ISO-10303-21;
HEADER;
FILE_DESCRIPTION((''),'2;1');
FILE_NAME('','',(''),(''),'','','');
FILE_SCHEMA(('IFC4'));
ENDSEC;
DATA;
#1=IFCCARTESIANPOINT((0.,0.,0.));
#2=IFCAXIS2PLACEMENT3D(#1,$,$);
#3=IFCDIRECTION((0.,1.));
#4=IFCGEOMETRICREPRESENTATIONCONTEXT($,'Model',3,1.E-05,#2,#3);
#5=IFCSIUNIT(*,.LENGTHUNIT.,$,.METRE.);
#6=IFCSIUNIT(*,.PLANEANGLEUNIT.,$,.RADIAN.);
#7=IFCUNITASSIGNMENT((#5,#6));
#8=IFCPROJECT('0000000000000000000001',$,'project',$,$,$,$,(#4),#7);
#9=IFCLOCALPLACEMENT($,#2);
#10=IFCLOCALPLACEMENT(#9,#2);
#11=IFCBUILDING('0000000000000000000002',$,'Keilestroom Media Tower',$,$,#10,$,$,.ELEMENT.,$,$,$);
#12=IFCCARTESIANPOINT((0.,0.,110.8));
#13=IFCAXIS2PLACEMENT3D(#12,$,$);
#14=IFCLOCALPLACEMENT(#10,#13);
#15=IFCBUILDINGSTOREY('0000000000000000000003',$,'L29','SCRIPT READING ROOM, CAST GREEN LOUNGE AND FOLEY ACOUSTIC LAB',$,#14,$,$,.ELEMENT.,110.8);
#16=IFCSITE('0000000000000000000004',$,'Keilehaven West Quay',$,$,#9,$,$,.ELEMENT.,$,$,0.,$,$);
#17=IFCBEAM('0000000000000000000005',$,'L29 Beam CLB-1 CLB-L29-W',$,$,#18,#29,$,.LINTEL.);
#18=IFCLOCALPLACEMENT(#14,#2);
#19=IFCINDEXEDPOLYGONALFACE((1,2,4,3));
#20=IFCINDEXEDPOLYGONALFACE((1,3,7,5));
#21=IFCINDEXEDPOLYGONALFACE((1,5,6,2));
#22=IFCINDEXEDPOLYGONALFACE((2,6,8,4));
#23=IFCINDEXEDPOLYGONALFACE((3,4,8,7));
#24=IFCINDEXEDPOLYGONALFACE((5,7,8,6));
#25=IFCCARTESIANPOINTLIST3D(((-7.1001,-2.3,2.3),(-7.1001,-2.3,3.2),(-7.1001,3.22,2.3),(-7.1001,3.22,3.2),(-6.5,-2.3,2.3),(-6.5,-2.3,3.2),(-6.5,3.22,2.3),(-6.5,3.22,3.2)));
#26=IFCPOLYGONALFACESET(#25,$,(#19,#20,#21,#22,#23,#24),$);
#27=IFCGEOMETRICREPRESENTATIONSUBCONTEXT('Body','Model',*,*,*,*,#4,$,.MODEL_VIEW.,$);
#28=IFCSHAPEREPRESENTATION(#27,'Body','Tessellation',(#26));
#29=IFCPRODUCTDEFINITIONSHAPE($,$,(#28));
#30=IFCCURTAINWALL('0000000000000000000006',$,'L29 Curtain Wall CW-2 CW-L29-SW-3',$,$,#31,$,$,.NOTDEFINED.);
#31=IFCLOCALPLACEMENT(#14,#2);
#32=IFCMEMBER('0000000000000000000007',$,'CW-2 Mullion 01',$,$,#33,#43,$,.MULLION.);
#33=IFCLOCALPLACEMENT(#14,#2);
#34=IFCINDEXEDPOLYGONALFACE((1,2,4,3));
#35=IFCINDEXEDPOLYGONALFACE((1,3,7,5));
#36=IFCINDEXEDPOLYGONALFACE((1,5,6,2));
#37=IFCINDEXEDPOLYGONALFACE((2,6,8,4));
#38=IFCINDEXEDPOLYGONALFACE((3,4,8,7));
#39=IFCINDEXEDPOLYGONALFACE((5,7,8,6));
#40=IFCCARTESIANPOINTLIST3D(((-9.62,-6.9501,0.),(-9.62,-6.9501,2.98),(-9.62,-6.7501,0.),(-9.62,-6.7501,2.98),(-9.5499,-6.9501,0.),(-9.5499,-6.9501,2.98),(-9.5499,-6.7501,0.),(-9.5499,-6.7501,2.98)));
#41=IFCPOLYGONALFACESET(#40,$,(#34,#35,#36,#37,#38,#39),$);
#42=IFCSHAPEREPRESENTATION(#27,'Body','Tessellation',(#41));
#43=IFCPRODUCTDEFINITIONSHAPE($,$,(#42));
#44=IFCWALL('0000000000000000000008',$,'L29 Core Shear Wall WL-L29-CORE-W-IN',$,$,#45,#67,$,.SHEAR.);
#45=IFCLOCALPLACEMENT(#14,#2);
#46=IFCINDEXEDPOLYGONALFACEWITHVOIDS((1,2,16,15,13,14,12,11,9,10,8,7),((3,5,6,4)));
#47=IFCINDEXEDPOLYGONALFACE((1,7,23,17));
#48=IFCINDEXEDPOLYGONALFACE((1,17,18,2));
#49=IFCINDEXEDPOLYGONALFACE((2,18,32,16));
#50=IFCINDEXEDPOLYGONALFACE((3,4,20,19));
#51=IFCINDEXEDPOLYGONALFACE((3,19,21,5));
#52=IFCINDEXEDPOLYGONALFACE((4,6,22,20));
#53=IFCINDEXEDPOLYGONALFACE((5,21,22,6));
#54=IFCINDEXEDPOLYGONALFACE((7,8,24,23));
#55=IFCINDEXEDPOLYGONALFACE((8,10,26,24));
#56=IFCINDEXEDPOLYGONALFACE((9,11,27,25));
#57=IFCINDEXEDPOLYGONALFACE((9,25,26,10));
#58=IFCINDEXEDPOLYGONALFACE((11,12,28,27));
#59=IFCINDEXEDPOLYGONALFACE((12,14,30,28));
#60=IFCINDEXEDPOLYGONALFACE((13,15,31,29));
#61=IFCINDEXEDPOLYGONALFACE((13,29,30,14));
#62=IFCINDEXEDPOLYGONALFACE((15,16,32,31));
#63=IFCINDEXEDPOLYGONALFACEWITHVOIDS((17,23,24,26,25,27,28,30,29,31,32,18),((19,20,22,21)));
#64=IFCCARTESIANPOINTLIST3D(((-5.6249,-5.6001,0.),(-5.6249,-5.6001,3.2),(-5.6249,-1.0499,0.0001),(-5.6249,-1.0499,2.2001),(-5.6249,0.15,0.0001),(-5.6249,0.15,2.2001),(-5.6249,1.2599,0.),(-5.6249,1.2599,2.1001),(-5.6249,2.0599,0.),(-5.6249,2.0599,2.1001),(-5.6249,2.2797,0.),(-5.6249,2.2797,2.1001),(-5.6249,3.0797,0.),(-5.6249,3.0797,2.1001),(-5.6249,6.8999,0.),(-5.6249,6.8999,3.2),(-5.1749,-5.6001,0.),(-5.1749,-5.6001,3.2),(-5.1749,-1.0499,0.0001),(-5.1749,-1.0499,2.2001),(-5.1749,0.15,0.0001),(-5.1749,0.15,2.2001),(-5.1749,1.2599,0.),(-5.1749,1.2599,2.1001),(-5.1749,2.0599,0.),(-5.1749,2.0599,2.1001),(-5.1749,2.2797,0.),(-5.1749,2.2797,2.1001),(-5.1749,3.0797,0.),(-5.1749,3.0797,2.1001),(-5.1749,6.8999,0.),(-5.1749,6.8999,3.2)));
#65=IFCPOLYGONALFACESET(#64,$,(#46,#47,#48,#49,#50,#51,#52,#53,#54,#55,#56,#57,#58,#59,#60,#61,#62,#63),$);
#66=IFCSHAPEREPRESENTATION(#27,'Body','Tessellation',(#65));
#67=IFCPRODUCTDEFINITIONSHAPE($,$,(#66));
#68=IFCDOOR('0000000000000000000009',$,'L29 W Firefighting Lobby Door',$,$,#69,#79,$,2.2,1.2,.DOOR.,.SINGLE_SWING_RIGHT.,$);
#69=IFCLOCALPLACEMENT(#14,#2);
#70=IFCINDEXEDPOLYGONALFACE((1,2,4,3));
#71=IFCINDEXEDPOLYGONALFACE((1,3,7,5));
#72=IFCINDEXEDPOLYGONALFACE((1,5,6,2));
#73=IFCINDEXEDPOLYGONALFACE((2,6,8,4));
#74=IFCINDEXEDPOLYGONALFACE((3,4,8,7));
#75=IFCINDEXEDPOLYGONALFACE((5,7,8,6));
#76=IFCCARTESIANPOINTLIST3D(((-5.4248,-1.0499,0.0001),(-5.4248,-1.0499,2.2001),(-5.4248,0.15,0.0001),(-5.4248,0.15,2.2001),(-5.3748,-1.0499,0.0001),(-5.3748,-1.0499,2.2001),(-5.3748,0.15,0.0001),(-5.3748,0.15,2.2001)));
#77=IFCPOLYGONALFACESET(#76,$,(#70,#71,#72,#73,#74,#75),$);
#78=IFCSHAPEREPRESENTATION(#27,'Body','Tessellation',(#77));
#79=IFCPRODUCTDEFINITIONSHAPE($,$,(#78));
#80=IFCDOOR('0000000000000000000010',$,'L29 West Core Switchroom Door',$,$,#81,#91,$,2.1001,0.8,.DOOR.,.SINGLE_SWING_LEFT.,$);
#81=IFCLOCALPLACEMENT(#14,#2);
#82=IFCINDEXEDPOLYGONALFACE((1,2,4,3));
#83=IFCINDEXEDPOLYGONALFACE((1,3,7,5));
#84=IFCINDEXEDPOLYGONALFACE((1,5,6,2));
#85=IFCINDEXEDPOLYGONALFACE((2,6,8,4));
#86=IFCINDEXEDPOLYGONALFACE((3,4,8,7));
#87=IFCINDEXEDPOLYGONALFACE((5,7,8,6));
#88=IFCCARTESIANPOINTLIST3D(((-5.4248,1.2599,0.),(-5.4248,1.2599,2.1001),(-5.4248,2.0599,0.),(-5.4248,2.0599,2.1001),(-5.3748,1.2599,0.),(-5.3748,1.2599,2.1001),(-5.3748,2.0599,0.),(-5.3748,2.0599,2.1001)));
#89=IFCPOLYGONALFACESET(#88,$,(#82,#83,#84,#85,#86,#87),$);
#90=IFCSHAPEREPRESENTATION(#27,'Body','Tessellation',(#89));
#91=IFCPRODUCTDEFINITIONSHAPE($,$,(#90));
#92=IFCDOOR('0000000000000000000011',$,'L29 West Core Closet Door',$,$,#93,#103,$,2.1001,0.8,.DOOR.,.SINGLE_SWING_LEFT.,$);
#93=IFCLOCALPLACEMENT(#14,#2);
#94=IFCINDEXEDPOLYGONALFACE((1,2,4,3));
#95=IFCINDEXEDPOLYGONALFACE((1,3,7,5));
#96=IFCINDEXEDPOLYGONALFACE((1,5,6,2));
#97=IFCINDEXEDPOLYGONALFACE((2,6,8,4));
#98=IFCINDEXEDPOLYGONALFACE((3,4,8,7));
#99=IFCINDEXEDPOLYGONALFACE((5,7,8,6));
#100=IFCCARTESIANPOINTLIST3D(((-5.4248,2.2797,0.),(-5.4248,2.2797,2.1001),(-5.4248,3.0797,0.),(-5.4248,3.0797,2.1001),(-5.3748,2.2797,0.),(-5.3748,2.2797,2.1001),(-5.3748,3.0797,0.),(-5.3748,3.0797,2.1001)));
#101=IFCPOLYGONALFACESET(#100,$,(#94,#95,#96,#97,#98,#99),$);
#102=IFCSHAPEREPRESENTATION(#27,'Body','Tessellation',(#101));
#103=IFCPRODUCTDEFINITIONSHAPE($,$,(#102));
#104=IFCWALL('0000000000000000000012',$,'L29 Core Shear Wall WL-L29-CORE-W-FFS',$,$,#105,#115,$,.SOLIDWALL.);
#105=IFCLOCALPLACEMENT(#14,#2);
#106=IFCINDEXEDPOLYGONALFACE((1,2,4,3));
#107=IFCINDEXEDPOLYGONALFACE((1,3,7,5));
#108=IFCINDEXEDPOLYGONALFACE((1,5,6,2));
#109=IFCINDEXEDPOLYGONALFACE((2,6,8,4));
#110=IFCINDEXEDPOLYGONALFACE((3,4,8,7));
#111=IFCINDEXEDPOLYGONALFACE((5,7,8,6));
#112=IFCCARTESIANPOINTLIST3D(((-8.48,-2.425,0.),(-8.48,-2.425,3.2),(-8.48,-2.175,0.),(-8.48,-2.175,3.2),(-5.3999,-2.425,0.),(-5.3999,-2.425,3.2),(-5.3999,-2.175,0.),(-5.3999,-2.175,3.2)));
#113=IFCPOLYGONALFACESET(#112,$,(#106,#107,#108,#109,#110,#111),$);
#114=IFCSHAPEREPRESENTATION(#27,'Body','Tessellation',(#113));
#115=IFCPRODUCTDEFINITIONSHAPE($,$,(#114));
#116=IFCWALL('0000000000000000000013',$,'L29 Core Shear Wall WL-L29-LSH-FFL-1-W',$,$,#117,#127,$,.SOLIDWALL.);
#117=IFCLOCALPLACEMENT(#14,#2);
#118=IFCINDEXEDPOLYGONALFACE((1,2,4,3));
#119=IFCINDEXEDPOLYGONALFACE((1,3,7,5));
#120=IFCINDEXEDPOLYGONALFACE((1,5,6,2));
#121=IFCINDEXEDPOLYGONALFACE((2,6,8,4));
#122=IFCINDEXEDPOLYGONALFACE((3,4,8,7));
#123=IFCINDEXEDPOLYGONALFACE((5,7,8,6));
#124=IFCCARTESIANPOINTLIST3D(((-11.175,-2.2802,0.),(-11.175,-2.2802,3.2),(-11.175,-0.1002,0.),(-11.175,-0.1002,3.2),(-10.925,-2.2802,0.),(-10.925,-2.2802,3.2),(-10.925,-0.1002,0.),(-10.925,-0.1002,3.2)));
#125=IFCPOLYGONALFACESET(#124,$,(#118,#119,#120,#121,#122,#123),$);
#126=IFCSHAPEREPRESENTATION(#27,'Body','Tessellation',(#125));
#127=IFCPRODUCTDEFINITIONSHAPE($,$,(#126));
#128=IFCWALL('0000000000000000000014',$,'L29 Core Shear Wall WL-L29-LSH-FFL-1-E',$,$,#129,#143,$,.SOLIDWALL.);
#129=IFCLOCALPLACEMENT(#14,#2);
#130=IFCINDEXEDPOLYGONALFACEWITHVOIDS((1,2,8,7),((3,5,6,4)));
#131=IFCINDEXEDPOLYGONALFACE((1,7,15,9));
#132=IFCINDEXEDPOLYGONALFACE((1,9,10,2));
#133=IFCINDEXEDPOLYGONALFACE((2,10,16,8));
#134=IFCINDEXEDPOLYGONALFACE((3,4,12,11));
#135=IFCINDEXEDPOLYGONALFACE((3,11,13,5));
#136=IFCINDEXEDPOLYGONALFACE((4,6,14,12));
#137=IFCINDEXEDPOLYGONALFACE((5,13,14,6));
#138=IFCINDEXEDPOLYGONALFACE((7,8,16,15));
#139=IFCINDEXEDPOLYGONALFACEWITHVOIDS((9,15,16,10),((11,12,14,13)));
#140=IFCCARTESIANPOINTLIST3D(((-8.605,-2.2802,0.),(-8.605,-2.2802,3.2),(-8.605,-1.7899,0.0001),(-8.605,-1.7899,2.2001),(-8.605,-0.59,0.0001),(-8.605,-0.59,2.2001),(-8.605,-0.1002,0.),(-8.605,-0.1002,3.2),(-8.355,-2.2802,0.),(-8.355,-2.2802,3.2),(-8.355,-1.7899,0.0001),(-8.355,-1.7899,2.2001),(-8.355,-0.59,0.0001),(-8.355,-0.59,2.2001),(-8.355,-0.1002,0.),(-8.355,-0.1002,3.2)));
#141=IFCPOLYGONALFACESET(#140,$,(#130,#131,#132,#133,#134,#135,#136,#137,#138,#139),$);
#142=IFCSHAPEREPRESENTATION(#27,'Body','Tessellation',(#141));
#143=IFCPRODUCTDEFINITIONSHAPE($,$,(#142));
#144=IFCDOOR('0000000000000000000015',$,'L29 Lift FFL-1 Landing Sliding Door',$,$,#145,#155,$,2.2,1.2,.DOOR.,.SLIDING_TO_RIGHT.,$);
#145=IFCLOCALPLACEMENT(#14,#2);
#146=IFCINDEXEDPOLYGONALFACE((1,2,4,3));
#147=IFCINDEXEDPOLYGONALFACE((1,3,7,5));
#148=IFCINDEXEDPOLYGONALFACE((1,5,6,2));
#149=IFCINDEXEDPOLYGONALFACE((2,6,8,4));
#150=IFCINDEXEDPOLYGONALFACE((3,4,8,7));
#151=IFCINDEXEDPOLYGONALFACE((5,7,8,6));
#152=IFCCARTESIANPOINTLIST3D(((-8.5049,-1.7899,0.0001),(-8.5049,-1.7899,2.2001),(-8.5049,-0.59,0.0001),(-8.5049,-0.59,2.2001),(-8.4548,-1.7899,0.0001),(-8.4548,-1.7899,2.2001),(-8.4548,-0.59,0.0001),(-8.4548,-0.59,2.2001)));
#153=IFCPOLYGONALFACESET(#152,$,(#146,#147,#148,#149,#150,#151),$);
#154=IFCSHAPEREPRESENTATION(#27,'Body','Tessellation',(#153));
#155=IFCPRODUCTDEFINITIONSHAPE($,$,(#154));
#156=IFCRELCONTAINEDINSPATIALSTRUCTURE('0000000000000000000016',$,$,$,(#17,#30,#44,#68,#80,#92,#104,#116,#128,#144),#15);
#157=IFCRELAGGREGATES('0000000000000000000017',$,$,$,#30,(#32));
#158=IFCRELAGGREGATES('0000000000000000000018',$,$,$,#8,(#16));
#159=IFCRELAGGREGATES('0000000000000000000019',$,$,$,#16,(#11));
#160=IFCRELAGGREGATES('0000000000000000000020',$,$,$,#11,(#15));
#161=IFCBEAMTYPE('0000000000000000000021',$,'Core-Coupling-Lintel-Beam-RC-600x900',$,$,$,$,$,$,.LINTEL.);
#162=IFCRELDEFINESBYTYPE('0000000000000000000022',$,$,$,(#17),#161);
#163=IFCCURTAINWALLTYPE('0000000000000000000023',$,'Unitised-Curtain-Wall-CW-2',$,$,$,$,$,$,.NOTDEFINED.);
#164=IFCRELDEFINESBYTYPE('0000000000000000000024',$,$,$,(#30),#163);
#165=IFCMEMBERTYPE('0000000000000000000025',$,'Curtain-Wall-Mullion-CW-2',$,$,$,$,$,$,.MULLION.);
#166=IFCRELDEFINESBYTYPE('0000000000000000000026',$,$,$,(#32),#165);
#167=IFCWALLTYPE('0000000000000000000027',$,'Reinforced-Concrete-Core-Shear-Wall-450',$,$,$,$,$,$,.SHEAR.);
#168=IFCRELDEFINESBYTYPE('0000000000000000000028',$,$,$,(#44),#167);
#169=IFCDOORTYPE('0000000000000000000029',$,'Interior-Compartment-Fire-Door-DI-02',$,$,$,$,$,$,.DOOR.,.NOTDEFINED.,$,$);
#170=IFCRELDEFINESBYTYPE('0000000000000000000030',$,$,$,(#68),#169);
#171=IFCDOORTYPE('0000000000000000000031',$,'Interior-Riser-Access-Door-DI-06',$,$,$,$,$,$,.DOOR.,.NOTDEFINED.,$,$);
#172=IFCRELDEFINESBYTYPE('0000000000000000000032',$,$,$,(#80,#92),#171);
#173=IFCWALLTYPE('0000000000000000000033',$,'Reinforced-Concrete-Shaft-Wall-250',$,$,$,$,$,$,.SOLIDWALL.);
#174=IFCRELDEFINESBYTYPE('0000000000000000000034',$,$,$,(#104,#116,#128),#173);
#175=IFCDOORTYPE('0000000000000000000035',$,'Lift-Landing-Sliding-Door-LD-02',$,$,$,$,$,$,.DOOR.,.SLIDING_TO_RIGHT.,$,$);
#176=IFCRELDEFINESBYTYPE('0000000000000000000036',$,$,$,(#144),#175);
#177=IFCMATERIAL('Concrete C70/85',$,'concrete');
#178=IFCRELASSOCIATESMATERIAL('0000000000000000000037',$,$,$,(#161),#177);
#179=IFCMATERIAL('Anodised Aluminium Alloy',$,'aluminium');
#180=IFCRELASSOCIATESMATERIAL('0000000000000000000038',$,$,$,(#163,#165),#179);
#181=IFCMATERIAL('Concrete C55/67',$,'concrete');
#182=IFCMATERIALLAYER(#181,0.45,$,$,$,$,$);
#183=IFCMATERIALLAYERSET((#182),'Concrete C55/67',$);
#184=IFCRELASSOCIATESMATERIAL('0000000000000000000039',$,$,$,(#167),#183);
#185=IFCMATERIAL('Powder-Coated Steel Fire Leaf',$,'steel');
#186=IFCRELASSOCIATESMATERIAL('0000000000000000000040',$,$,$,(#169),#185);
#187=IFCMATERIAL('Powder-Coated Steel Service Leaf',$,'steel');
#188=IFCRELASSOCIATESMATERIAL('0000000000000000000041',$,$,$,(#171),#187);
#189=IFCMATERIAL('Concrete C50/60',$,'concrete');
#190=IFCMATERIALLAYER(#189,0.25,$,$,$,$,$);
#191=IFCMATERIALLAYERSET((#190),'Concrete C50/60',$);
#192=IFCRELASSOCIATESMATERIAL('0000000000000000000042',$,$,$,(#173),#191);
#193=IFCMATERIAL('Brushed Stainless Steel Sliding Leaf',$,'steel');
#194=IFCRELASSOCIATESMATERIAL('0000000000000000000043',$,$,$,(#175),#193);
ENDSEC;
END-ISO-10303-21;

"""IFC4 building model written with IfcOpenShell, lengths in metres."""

from ifc_helpers import new_model, si_unit, direction, frame, frame_2d, origin, origin_2d, place, context, subcontext, project, spatial, rectangle, extrude, source, transform, mapped, material, layer, layer_set, material_profile, profile_set, type_object, element, fill, aggregate, save


model = new_model("IFC4")

# Units and contexts
model_context = context("Model", 3, precision=1e-05, world=origin(), true_north=direction((0.0, 1.0)))
body_context = subcontext(model_context, "Body", "Model", "MODEL_VIEW")
ifc_project = project(units=[si_unit("LENGTHUNIT", "METRE"), si_unit("PLANEANGLEUNIT", "RADIAN")], contexts=[model_context])

# Site, building, storey
site_placement = place(None, origin())
site = spatial("IfcSite", under=ifc_project, at=site_placement, Name="Keilehaven West Quay", CompositionType="ELEMENT", RefElevation=0.0)
building_placement = place(site_placement, origin())
building = spatial("IfcBuilding", under=site, at=building_placement, Name="Keilestroom Media Tower", CompositionType="ELEMENT")
storey_placement = place(building_placement, frame((0.0, 0.0, 110.8)))
storey = spatial("IfcBuildingStorey", under=building, at=storey_placement, Name="L29", Description="SCRIPT READING ROOM, CAST GREEN LOUNGE AND FOLEY ACOUSTIC LAB", CompositionType="ELEMENT", Elevation=110.8)

# Beam
ifc_material_1 = material(Name="Concrete C70/85", Category="concrete")
ifc_material_profile_1 = material_profile(ifc_material_1, rectangle(XDim=0.6001, YDim=0.8999, at=origin_2d()), Name="RC 600x900")
ifc_profile_set_1 = profile_set([ifc_material_profile_1], Name="Concrete C70/85")
beam_type = type_object("IfcBeamType", Name="Core-Coupling-Lintel-Beam-RC-600x900", PredefinedType="LINTEL", material=ifc_profile_set_1)
shared_shape_1 = source(origin(), body_context, "Body", "SweptSolid", [
    extrude(rectangle(XDim=0.6001, YDim=0.8999, at=origin_2d()), origin(), (0.0, 0.0, 1.0), 5.52),
])
beam_placement = place(storey_placement, frame((-6.8, -2.3, 2.75), z_axis=(0.0, 1.0, 0.0), x_axis=(-1.0, 0.0, 0.0)))
element("IfcBeam", 1, at=beam_placement, inside=storey, type_object=beam_type, Name="L29 Beam CLB-1 CLB-L29-W", PredefinedType="LINTEL", context=body_context, shape_type="MappedRepresentation", body=[
    mapped(shared_shape_1, transform((0.0, 0.0, 0.0), x_axis=(1.0, 0.0, 0.0), y_axis=(0.0, 1.0, 0.0), z_axis=(0.0, 0.0, 1.0), scale=1.0)),
])

# Curtain wall, member
ifc_material_2 = material(Name="Anodised Aluminium Alloy", Category="aluminium")
curtain_wall_type = type_object("IfcCurtainWallType", Name="Unitised-Curtain-Wall-CW-2", PredefinedType="NOTDEFINED", material=ifc_material_2)
curtain_wall_placement = place(storey_placement, origin())
curtain_wall = element("IfcCurtainWall", 2, at=curtain_wall_placement, inside=storey, type_object=curtain_wall_type, Name="L29 Curtain Wall CW-2 CW-L29-SW-3", PredefinedType="NOTDEFINED")
ifc_material_profile_2 = material_profile(ifc_material_2, rectangle(XDim=0.0701, YDim=0.2, at=origin_2d()), Name="ALU MULLION 70x200")
ifc_profile_set_2 = profile_set([ifc_material_profile_2], Name="Anodised Aluminium Alloy")
member_type = type_object("IfcMemberType", Name="Curtain-Wall-Mullion-CW-2", PredefinedType="MULLION", material=ifc_profile_set_2)
shared_shape_2 = source(origin(), body_context, "Body", "SweptSolid", [
    extrude(rectangle(XDim=0.0701, YDim=0.2, at=origin_2d()), origin(), (0.0, 0.0, 1.0), 2.98),
])
member_placement = place(storey_placement, frame((-9.585, -6.8501, 0.0), z_axis=(0.0, 0.0, 1.0), x_axis=(1.0, 0.0, 0.0)))
member = element("IfcMember", 3, at=member_placement, type_object=member_type, Name="CW-2 Mullion 01", PredefinedType="MULLION", context=body_context, shape_type="MappedRepresentation", body=[
    mapped(shared_shape_2, transform((0.0, 0.0, 0.0), x_axis=(1.0, 0.0, 0.0), y_axis=(0.0, 1.0, 0.0), z_axis=(0.0, 0.0, 1.0), scale=1.0)),
])
aggregate(curtain_wall, [member])

# Wall, openings, doors
ifc_material_3 = material(Name="Concrete C55/67", Category="concrete")
ifc_layer_1 = layer(ifc_material_3, 0.45)
ifc_layer_set_1 = layer_set([ifc_layer_1], Name="Concrete C55/67")
wall_type_1 = type_object("IfcWallType", Name="Reinforced-Concrete-Core-Shear-Wall-450", PredefinedType="SHEAR", material=ifc_layer_set_1)
wall_1_placement = place(storey_placement, frame((-5.3999, -5.6001, 0.0), z_axis=(0.0, 0.0, 1.0), x_axis=(0.0, 1.0, 0.0)))
wall_1 = element("IfcWall", 4, at=wall_1_placement, inside=storey, type_object=wall_type_1, Name="L29 Core Shear Wall WL-L29-CORE-W-IN", PredefinedType="SHEAR", context=body_context, shape_type="SweptSolid", body=[
    extrude(rectangle(XDim=12.5, YDim=0.45, at=frame_2d((6.25, 0.0))), origin(), (0.0, 0.0, 1.0), 3.2),
])
opening_1_placement = place(wall_1_placement, frame((4.55, 0.0, 0.0)))
opening_1 = element("IfcOpeningElement", 5, at=opening_1_placement, cuts=wall_1, PredefinedType="OPENING", context=body_context, shape_type="SweptSolid", body=[
    extrude(rectangle(XDim=1.2, YDim=2.2, at=frame_2d((0.6001, 1.1001))), frame((0.0, 0.2349, 0.0), z_axis=(0.0, -1.0, 0.0), x_axis=(1.0, 0.0, 0.0)), (0.0, 0.0, 1.0), 0.47),
])
opening_2_placement = place(wall_1_placement, frame((6.8601, 0.0, 0.0)))
opening_2 = element("IfcOpeningElement", 6, at=opening_2_placement, cuts=wall_1, PredefinedType="OPENING", context=body_context, shape_type="SweptSolid", body=[
    extrude(rectangle(XDim=0.8, YDim=2.1001, at=frame_2d((0.3999, 1.05))), frame((0.0, 0.2349, 0.0), z_axis=(0.0, -1.0, 0.0), x_axis=(1.0, 0.0, 0.0)), (0.0, 0.0, 1.0), 0.47),
])
opening_3_placement = place(wall_1_placement, frame((7.8799, 0.0, 0.0)))
opening_3 = element("IfcOpeningElement", 7, at=opening_3_placement, cuts=wall_1, PredefinedType="OPENING", context=body_context, shape_type="SweptSolid", body=[
    extrude(rectangle(XDim=0.8, YDim=2.1001, at=frame_2d((0.3999, 1.05))), frame((0.0, 0.2349, 0.0), z_axis=(0.0, -1.0, 0.0), x_axis=(1.0, 0.0, 0.0)), (0.0, 0.0, 1.0), 0.47),
])
ifc_material_4 = material(Name="Powder-Coated Steel Fire Leaf", Category="steel")
door_type_1 = type_object("IfcDoorType", Name="Interior-Compartment-Fire-Door-DI-02", OperationType="NOTDEFINED", PredefinedType="DOOR", material=ifc_material_4)
shared_shape_3 = source(origin(), body_context, "Body", "SweptSolid", [
    extrude(rectangle(XDim=1.2, YDim=2.2, at=frame_2d((0.6001, 1.1001))), frame((0.0, 0.0249, 0.0), z_axis=(0.0, -1.0, 0.0), x_axis=(1.0, 0.0, 0.0)), (0.0, 0.0, 1.0), 0.05),
])
door_1_placement = place(opening_1_placement, origin())
door_1 = element("IfcDoor", 8, at=door_1_placement, inside=storey, type_object=door_type_1, Name="L29 W Firefighting Lobby Door", OperationType="SINGLE_SWING_RIGHT", OverallHeight=2.2, OverallWidth=1.2, PredefinedType="DOOR", context=body_context, shape_type="MappedRepresentation", body=[
    mapped(shared_shape_3, transform((0.0, 0.0, 0.0), x_axis=(1.0, 0.0, 0.0), y_axis=(0.0, 1.0, 0.0), z_axis=(0.0, 0.0, 1.0), scale=1.0)),
])
fill(opening_1, door_1)
ifc_material_5 = material(Name="Powder-Coated Steel Service Leaf", Category="steel")
door_type_2 = type_object("IfcDoorType", Name="Interior-Riser-Access-Door-DI-06", OperationType="NOTDEFINED", PredefinedType="DOOR", material=ifc_material_5)
shared_shape_4 = source(origin(), body_context, "Body", "SweptSolid", [
    extrude(rectangle(XDim=0.8, YDim=2.1001, at=frame_2d((0.3999, 1.05))), frame((0.0, 0.0249, 0.0), z_axis=(0.0, -1.0, 0.0), x_axis=(1.0, 0.0, 0.0)), (0.0, 0.0, 1.0), 0.05),
])
door_2_placement = place(opening_2_placement, origin())
door_2 = element("IfcDoor", 9, at=door_2_placement, inside=storey, type_object=door_type_2, Name="L29 West Core Switchroom Door", OperationType="SINGLE_SWING_LEFT", OverallHeight=2.1001, OverallWidth=0.8, PredefinedType="DOOR", context=body_context, shape_type="MappedRepresentation", body=[
    mapped(shared_shape_4, transform((0.0, 0.0, 0.0), x_axis=(1.0, 0.0, 0.0), y_axis=(0.0, 1.0, 0.0), z_axis=(0.0, 0.0, 1.0), scale=1.0)),
])
fill(opening_2, door_2)
door_3_placement = place(opening_3_placement, origin())
door_3 = element("IfcDoor", 10, at=door_3_placement, inside=storey, type_object=door_type_2, Name="L29 West Core Closet Door", OperationType="SINGLE_SWING_LEFT", OverallHeight=2.1001, OverallWidth=0.8, PredefinedType="DOOR", context=body_context, shape_type="MappedRepresentation", body=[
    mapped(shared_shape_4, transform((0.0, 0.0, 0.0), x_axis=(1.0, 0.0, 0.0), y_axis=(0.0, 1.0, 0.0), z_axis=(0.0, 0.0, 1.0), scale=1.0)),
])
fill(opening_3, door_3)

# Walls
ifc_material_6 = material(Name="Concrete C50/60", Category="concrete")
ifc_layer_2 = layer(ifc_material_6, 0.25)
ifc_layer_set_2 = layer_set([ifc_layer_2], Name="Concrete C50/60")
wall_type_2 = type_object("IfcWallType", Name="Reinforced-Concrete-Shaft-Wall-250", PredefinedType="SOLIDWALL", material=ifc_layer_set_2)
wall_2_placement = place(storey_placement, frame((-8.48, -2.3, 0.0), z_axis=(0.0, 0.0, 1.0), x_axis=(1.0, 0.0, 0.0)))
element("IfcWall", 11, at=wall_2_placement, inside=storey, type_object=wall_type_2, Name="L29 Core Shear Wall WL-L29-CORE-W-FFS", PredefinedType="SOLIDWALL", context=body_context, shape_type="SweptSolid", body=[
    extrude(rectangle(XDim=3.0801, YDim=0.25, at=frame_2d((1.54, 0.0))), origin(), (0.0, 0.0, 1.0), 3.2),
])
wall_3_placement = place(storey_placement, frame((-11.05, -2.28, 0.0), z_axis=(0.0, 0.0, 1.0), x_axis=(0.0, 1.0, 0.0)))
element("IfcWall", 12, at=wall_3_placement, inside=storey, type_object=wall_type_2, Name="L29 Core Shear Wall WL-L29-LSH-FFL-1-W", PredefinedType="SOLIDWALL", context=body_context, shape_type="SweptSolid", body=[
    extrude(rectangle(XDim=2.1799, YDim=0.25, at=frame_2d((1.0898, 0.0))), origin(), (0.0, 0.0, 1.0), 3.2),
])

# Wall, opening, door
wall_4_placement = place(storey_placement, frame((-8.48, -2.28, 0.0), z_axis=(0.0, 0.0, 1.0), x_axis=(0.0, 1.0, 0.0)))
wall_4 = element("IfcWall", 13, at=wall_4_placement, inside=storey, type_object=wall_type_2, Name="L29 Core Shear Wall WL-L29-LSH-FFL-1-E", PredefinedType="SOLIDWALL", context=body_context, shape_type="SweptSolid", body=[
    extrude(rectangle(XDim=2.1799, YDim=0.25, at=frame_2d((1.0898, 0.0))), origin(), (0.0, 0.0, 1.0), 3.2),
])
opening_4_placement = place(wall_4_placement, frame((0.49, 0.0, 0.0)))
opening_4 = element("IfcOpeningElement", 14, at=opening_4_placement, cuts=wall_4, PredefinedType="OPENING", context=body_context, shape_type="SweptSolid", body=[
    extrude(rectangle(XDim=1.2, YDim=2.2, at=frame_2d((0.6001, 1.1001))), frame((0.0, 0.135, 0.0), z_axis=(0.0, -1.0, 0.0), x_axis=(1.0, 0.0, 0.0)), (0.0, 0.0, 1.0), 0.27),
])
ifc_material_7 = material(Name="Brushed Stainless Steel Sliding Leaf", Category="steel")
door_type_3 = type_object("IfcDoorType", Name="Lift-Landing-Sliding-Door-LD-02", OperationType="SLIDING_TO_RIGHT", PredefinedType="DOOR", material=ifc_material_7)
door_4_placement = place(opening_4_placement, origin())
door_4 = element("IfcDoor", 15, at=door_4_placement, inside=storey, type_object=door_type_3, Name="L29 Lift FFL-1 Landing Sliding Door", OperationType="SLIDING_TO_RIGHT", OverallHeight=2.2, OverallWidth=1.2, PredefinedType="DOOR", context=body_context, shape_type="MappedRepresentation", body=[
    mapped(shared_shape_3, transform((0.0, 0.0, 0.0), x_axis=(1.0, 0.0, 0.0), y_axis=(0.0, 1.0, 0.0), z_axis=(0.0, 0.0, 1.0), scale=1.0)),
])
fill(opening_4, door_4)

save(model, "model.ifc")
